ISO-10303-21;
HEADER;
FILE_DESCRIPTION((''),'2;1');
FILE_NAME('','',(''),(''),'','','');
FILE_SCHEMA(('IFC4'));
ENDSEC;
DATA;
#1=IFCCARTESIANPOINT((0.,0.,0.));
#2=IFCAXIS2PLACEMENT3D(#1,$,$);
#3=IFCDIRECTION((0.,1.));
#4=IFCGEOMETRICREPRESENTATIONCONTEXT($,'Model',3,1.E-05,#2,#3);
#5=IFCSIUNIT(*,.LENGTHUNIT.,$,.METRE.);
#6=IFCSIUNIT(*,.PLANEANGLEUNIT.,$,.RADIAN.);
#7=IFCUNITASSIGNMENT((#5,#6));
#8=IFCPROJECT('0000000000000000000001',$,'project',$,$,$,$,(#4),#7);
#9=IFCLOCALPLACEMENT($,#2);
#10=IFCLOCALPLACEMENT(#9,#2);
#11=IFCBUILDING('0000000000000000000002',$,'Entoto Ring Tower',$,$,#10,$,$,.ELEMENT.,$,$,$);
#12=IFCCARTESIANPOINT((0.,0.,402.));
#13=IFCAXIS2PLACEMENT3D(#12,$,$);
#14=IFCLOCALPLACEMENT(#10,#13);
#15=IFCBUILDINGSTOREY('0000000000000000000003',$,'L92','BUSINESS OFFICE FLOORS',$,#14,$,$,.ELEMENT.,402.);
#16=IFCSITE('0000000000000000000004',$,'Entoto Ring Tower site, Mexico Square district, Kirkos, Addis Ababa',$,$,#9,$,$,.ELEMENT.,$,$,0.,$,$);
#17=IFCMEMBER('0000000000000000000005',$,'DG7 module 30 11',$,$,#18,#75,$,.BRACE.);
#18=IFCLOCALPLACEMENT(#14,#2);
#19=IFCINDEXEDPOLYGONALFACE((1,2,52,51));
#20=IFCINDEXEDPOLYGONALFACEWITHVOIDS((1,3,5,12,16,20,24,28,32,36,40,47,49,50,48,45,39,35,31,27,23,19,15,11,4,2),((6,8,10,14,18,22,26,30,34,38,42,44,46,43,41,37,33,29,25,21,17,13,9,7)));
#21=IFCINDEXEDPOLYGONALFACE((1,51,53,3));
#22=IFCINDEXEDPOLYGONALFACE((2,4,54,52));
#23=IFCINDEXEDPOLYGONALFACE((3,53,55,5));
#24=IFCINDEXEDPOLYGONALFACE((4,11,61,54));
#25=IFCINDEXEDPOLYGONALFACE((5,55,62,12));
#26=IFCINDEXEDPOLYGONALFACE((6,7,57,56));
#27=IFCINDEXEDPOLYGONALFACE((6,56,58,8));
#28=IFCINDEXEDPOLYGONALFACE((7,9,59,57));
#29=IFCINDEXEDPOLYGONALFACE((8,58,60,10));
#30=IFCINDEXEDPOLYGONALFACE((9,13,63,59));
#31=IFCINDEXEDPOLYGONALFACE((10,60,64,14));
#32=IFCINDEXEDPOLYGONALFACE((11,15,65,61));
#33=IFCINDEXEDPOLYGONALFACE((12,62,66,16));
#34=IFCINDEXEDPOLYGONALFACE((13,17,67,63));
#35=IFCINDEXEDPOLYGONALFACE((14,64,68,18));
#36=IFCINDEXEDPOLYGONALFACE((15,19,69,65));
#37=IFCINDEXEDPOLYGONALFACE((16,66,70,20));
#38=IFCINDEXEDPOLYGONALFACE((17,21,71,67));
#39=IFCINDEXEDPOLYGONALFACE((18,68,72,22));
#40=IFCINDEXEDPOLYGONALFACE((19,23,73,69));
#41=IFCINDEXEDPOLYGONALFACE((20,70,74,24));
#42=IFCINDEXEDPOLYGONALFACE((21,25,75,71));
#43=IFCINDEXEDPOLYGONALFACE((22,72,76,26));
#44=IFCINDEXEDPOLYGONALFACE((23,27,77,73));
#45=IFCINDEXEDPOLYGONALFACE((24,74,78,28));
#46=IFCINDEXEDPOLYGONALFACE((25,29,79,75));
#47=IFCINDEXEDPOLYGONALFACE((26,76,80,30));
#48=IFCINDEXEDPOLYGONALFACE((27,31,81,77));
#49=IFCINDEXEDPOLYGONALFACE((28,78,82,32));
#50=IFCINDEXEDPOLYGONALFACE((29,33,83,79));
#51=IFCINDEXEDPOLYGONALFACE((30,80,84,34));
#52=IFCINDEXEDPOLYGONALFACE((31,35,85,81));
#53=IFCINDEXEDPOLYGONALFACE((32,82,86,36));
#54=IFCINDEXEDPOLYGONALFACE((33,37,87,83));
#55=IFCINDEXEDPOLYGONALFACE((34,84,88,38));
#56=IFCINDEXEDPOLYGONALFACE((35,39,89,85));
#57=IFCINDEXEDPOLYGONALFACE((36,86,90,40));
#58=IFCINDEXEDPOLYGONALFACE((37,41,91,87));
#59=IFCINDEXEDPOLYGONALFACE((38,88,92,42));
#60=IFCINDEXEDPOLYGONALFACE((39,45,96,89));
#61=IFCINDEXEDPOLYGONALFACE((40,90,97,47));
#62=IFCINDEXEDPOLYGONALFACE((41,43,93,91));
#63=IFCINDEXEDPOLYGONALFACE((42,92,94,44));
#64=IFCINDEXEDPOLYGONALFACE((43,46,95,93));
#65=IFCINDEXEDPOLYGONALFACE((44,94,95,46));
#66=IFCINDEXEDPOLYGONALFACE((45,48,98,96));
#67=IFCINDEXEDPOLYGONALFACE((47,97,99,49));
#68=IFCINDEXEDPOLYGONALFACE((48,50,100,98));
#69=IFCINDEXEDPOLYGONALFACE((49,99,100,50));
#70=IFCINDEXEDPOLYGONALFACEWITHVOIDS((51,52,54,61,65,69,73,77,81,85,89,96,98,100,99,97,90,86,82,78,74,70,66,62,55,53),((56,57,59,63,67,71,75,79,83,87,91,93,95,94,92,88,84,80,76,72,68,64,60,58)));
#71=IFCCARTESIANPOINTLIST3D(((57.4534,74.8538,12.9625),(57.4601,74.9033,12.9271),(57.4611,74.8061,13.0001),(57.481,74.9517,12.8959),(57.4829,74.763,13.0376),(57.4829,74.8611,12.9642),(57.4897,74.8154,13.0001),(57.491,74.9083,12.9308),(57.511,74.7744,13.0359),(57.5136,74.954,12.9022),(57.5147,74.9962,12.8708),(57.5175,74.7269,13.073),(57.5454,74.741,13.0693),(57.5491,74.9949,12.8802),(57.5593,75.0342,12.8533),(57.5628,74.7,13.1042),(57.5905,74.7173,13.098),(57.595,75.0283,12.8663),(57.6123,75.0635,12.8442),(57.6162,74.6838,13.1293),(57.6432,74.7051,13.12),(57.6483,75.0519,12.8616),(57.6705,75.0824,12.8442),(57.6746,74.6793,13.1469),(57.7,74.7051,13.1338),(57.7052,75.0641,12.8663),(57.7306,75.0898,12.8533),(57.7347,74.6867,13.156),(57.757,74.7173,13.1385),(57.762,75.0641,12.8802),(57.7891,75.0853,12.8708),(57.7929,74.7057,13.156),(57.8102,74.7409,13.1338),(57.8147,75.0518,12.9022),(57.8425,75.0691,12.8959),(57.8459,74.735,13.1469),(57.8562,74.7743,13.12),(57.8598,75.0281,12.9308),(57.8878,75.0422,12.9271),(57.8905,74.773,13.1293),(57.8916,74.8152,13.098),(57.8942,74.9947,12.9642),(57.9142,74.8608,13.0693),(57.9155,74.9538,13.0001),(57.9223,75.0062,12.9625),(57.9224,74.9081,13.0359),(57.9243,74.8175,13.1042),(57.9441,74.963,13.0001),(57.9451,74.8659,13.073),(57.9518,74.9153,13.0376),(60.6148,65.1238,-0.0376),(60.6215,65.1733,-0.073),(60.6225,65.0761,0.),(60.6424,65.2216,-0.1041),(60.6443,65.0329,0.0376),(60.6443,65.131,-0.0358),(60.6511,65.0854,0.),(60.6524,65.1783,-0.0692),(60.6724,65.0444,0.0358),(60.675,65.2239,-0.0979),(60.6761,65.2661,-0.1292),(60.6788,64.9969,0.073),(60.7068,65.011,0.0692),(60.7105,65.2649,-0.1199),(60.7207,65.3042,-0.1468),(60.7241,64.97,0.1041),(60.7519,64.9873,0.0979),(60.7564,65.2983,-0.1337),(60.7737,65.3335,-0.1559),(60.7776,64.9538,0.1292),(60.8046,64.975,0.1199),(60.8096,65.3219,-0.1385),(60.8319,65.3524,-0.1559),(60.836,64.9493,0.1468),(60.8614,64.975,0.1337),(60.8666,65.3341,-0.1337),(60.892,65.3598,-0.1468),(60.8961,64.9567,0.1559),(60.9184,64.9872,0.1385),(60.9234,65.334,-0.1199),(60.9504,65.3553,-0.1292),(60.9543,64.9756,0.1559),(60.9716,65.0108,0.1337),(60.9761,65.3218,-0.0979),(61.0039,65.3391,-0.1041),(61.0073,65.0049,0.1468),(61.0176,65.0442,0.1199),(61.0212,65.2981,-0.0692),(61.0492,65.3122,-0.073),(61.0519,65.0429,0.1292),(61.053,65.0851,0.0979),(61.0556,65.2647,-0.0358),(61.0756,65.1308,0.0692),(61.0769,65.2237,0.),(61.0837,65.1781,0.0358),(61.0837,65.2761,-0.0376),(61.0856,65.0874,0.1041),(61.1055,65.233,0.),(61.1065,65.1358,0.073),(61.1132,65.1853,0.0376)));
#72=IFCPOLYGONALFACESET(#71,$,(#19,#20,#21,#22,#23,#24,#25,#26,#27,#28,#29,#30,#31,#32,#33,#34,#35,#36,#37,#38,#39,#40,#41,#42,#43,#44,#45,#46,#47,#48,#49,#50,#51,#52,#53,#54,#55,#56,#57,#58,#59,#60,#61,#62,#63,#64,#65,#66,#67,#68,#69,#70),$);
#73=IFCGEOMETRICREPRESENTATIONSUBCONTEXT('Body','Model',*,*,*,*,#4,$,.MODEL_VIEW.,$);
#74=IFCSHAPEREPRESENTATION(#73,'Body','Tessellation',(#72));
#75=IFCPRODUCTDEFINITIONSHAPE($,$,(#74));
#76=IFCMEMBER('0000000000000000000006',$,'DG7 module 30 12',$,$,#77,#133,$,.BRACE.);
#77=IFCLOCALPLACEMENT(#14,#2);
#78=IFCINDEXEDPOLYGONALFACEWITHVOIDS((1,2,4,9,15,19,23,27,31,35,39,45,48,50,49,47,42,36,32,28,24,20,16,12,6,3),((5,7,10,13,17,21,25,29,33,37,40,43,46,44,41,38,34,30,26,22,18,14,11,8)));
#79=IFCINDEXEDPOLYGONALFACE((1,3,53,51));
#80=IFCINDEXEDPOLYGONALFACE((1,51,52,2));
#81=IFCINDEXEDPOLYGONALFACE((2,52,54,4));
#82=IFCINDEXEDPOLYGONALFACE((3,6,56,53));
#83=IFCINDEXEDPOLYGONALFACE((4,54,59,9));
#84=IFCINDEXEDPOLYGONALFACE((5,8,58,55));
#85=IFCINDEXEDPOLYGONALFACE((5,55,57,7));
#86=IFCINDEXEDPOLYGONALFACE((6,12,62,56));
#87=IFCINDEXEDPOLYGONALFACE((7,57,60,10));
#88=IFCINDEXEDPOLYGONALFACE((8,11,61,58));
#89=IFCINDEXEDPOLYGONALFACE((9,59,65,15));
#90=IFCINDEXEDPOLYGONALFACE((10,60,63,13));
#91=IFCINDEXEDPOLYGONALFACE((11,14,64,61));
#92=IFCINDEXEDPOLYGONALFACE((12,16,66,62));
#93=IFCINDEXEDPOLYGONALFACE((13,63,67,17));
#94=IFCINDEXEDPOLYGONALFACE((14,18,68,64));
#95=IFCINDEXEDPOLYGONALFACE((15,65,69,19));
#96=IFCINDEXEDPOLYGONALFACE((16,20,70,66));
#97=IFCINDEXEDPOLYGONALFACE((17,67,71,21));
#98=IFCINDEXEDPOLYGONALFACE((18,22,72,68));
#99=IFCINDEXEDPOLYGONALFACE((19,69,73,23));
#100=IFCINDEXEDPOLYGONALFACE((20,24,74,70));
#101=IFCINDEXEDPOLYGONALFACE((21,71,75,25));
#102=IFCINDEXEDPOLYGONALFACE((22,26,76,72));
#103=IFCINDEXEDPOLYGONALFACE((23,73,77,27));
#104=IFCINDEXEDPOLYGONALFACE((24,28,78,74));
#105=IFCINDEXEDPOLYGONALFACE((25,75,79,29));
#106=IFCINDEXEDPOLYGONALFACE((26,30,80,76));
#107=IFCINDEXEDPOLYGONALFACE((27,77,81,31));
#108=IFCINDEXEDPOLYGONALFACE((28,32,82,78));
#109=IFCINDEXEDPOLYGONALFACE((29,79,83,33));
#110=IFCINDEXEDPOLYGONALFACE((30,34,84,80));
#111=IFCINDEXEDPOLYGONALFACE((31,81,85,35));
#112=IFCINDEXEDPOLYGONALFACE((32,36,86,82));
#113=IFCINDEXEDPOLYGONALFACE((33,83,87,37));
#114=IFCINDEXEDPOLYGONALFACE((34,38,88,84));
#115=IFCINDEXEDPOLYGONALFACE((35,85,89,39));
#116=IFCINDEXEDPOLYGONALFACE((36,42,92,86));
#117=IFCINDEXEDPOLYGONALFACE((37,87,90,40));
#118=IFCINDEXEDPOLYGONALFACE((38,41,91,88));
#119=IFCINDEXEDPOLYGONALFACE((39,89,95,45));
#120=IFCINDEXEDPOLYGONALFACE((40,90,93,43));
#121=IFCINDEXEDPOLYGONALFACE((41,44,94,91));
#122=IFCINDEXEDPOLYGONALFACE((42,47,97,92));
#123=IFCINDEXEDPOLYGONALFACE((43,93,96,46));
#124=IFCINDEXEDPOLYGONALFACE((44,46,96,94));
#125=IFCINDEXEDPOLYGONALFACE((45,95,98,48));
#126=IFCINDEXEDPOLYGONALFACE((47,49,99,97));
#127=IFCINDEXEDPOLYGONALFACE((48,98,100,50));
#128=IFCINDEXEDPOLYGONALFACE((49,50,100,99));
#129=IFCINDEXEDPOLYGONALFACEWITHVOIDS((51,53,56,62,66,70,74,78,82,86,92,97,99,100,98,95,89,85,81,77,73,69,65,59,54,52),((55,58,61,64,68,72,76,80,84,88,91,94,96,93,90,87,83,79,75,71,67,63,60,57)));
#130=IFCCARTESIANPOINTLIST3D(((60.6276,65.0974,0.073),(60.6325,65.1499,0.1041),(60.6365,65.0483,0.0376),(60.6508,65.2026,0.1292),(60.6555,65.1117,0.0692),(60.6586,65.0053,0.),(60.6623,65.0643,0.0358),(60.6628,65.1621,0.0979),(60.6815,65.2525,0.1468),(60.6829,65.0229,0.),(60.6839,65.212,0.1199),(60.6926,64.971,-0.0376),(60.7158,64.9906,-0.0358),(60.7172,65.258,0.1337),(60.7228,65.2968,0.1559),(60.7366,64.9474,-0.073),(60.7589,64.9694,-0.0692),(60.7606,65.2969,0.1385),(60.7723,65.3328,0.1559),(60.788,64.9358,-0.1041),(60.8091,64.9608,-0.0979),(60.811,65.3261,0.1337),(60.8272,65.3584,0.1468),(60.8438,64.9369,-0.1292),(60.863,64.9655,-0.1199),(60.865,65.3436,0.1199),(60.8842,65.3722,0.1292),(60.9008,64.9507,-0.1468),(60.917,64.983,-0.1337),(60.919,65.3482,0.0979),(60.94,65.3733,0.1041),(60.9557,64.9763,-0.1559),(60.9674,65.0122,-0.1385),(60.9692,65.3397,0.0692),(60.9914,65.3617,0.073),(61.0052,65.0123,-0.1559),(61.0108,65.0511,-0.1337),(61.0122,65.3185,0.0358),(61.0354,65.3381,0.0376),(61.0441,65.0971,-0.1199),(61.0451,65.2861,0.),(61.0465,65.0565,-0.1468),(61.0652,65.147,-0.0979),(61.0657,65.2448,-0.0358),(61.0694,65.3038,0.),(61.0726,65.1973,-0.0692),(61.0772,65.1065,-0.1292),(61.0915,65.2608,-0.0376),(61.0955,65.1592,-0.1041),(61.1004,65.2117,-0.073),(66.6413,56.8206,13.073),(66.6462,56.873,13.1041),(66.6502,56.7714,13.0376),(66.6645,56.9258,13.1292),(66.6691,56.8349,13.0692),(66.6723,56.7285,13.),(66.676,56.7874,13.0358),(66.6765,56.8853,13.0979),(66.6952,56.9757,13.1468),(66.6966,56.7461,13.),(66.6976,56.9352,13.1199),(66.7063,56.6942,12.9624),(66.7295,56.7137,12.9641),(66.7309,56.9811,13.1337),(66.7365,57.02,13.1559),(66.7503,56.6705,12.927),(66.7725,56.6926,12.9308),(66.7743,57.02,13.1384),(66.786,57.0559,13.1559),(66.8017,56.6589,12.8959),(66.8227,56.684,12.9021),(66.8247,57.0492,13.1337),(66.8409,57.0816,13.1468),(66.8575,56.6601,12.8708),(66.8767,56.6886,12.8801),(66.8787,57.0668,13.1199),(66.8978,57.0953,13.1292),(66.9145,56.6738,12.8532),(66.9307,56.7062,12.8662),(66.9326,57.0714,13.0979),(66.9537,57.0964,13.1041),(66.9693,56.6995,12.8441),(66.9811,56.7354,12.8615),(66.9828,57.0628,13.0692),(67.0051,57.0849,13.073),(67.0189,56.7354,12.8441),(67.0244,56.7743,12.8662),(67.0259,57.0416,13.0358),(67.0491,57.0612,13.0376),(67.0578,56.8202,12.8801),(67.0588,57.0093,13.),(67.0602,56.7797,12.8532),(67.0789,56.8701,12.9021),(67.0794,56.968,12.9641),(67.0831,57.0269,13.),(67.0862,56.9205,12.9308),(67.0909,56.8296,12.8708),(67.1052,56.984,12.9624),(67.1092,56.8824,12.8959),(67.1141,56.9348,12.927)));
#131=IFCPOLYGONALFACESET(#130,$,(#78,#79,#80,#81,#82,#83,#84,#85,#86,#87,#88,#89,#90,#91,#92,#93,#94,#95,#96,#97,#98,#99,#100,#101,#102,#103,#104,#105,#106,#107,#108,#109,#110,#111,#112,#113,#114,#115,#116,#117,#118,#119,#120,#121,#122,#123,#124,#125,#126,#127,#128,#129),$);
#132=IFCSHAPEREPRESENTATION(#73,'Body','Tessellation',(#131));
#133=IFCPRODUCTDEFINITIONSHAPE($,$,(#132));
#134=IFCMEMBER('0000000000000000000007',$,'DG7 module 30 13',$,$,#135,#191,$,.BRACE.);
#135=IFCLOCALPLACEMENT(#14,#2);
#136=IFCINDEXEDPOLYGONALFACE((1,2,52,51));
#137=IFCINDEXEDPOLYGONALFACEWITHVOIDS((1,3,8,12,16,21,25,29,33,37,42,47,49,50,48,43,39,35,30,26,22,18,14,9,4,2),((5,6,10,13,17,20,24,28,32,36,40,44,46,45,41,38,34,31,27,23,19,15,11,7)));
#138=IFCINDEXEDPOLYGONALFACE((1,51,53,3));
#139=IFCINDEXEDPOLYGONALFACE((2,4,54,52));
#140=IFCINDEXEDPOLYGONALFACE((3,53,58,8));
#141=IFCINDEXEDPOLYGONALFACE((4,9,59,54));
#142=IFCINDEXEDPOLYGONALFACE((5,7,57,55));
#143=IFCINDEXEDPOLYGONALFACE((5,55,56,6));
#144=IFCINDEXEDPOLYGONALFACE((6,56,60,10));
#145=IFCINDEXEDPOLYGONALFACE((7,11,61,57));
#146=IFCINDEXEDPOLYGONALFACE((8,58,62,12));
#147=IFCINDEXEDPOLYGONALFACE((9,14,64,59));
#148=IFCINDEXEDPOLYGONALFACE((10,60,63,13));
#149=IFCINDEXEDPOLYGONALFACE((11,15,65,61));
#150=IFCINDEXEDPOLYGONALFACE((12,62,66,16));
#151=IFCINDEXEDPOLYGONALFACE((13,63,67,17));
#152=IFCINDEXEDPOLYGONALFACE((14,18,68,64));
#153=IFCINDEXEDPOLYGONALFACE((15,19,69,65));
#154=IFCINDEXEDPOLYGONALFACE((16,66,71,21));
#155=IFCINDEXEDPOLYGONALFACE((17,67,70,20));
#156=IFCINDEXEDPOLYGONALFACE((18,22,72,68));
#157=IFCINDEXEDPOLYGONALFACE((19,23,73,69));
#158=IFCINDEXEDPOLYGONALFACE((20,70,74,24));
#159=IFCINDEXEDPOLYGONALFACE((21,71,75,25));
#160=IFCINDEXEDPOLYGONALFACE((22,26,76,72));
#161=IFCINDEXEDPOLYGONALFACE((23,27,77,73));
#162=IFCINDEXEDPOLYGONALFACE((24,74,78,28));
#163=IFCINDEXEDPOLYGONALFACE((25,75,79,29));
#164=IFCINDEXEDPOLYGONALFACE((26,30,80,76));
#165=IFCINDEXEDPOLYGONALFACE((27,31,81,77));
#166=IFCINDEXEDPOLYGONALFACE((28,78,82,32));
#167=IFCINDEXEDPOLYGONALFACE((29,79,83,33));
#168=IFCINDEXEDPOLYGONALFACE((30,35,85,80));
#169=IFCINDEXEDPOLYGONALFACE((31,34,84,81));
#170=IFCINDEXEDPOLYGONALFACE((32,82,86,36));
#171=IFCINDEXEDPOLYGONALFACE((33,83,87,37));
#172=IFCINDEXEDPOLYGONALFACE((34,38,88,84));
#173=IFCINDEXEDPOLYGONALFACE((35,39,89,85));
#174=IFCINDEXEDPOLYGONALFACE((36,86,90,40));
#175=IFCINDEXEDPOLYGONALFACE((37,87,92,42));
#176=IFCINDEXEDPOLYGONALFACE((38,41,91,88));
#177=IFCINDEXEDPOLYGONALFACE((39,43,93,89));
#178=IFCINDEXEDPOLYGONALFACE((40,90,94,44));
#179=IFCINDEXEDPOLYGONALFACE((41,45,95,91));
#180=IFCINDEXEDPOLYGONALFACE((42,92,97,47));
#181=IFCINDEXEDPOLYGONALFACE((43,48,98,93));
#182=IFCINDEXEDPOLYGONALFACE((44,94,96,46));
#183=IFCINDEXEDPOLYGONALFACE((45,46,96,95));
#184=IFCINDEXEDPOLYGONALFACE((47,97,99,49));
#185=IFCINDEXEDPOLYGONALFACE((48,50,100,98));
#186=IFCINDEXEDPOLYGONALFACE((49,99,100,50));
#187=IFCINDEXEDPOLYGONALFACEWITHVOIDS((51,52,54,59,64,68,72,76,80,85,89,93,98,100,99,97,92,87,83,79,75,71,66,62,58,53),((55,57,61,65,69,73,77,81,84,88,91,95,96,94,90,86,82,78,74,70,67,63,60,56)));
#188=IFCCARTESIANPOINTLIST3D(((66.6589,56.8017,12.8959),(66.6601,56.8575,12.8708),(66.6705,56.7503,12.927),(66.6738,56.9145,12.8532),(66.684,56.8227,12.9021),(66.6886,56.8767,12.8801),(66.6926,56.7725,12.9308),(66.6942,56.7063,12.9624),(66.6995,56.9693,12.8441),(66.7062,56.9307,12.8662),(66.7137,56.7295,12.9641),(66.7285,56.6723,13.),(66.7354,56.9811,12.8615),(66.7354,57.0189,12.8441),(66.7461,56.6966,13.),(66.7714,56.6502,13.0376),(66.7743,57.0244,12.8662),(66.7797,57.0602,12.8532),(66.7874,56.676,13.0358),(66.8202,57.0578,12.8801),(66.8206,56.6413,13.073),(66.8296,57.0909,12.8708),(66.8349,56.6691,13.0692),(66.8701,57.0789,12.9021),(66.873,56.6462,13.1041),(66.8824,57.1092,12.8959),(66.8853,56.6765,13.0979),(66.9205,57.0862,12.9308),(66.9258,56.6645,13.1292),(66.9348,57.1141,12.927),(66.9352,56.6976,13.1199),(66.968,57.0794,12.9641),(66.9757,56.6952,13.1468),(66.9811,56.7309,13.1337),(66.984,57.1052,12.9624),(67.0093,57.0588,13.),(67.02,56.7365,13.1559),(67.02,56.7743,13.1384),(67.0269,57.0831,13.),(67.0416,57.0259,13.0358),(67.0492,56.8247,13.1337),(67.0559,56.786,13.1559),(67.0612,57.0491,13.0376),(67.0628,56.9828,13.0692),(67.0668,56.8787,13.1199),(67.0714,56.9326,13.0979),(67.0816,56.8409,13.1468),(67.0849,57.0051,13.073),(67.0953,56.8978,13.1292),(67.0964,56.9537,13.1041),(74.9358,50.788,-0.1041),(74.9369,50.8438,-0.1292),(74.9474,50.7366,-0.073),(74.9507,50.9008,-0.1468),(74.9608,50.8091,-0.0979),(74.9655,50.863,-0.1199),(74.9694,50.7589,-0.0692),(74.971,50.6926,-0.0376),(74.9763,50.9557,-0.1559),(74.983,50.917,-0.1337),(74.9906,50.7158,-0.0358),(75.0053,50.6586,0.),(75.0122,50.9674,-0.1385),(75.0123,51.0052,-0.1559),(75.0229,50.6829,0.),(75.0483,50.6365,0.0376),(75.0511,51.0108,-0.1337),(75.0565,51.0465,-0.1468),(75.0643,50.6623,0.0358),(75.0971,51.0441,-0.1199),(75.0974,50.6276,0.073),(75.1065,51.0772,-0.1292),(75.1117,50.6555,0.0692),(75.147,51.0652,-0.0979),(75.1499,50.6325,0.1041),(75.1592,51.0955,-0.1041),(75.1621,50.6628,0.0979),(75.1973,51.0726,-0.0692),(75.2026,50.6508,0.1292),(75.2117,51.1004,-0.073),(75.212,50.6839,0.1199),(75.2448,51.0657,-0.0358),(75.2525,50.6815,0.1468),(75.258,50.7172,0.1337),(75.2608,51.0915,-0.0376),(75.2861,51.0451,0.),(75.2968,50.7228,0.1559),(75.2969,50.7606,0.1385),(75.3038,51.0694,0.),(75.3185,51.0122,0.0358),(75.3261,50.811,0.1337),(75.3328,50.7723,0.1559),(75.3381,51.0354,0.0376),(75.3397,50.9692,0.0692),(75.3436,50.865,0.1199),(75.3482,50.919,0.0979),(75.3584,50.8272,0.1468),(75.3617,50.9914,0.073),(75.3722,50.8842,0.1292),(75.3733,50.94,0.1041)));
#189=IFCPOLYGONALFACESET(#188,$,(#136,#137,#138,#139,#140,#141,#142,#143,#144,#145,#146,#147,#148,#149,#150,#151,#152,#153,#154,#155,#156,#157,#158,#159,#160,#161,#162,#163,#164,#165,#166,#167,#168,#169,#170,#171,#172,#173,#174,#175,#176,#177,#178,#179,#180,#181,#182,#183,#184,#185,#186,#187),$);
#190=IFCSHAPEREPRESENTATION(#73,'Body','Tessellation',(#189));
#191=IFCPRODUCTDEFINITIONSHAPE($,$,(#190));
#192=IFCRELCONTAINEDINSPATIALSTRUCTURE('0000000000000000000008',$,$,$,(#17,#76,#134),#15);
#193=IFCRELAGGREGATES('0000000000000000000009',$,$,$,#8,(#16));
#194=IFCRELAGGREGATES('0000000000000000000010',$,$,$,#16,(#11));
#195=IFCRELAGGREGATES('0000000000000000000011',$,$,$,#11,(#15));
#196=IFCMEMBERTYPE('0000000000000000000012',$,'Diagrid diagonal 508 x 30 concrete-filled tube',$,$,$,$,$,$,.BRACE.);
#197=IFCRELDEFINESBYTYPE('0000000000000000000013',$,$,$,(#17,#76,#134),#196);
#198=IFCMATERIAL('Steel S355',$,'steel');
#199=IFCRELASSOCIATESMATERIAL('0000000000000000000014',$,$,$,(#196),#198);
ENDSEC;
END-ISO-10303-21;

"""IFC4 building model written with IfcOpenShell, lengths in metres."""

from ifc_helpers import new_model, si_unit, direction, frame, origin, origin_2d, place, context, subcontext, project, spatial, circle, hollow_circle, extrude, material, material_profile, profile_set, type_object, element, save


model = new_model("IFC4")

# Units and contexts
model_context = context("Model", 3, precision=1e-05, world=origin(), true_north=direction((0.0, 1.0)))
body_context = subcontext(model_context, "Body", "Model", "MODEL_VIEW")
ifc_project = project(units=[si_unit("LENGTHUNIT", "METRE"), si_unit("PLANEANGLEUNIT", "RADIAN")], contexts=[model_context])

# Site, building, storey
site_placement = place(None, origin())
site = spatial("IfcSite", under=ifc_project, at=site_placement, Name="Entoto Ring Tower site, Mexico Square district, Kirkos, Addis Ababa", CompositionType="ELEMENT", RefElevation=0.0)
building_placement = place(site_placement, origin())
building = spatial("IfcBuilding", under=site, at=building_placement, Name="Entoto Ring Tower", CompositionType="ELEMENT")
storey_placement = place(building_placement, frame((0.0, 0.0, 402.0)))
storey = spatial("IfcBuildingStorey", under=building, at=storey_placement, Name="L92", Description="BUSINESS OFFICE FLOORS", CompositionType="ELEMENT", Elevation=402.0)

# Members
ifc_material_1 = material(Name="Steel S355", Category="steel")
ifc_material_profile_1 = material_profile(ifc_material_1, hollow_circle(Radius=0.2539, WallThickness=0.03, at=origin_2d()), Name="CHS 508 x 30")
ifc_material_2 = material(Name="Concrete C60/75", Category="concrete")
ifc_material_profile_2 = material_profile(ifc_material_2, circle(Radius=0.2241, at=origin_2d()), Name="Concrete C60/75 infill")
ifc_profile_set_1 = profile_set([ifc_material_profile_1, ifc_material_profile_2], Name="Steel S355")
member_type_1 = type_object("IfcMemberType", Name="Diagrid diagonal 508 x 30 concrete-filled tube", PredefinedType="BRACE", material=ifc_profile_set_1)
for number, where, z_axis, x_axis, name in (
    (1, (60.864, 65.1545, 0.0), (-0.191102, 0.588167, 0.785837), (-0.951059, -0.309009, 0.0), "DG7 module 30 11"),
    (2, (60.864, 65.1545, 0.0), (0.363518, -0.500324, 0.785831), (0.809008, 0.587797, 0.0), "DG7 module 30 12"),
    (3, (75.1545, 50.864, 0.0), (-0.500324, 0.363518, 0.785831), (-0.587797, -0.809008, 0.0), "DG7 module 30 13"),
):
    element("IfcMember", number, at=place(storey_placement, frame(where, z_axis=z_axis, x_axis=x_axis)), inside=storey, type_object=member_type_1, Name=name, PredefinedType="BRACE", context=body_context, shape_type="SweptSolid", body=[
        extrude(hollow_circle(Radius=0.2539, WallThickness=0.03, at=origin_2d()), origin(), (0.0, 0.0, 1.0), 16.543),
    ])

save(model, "model.ifc")
